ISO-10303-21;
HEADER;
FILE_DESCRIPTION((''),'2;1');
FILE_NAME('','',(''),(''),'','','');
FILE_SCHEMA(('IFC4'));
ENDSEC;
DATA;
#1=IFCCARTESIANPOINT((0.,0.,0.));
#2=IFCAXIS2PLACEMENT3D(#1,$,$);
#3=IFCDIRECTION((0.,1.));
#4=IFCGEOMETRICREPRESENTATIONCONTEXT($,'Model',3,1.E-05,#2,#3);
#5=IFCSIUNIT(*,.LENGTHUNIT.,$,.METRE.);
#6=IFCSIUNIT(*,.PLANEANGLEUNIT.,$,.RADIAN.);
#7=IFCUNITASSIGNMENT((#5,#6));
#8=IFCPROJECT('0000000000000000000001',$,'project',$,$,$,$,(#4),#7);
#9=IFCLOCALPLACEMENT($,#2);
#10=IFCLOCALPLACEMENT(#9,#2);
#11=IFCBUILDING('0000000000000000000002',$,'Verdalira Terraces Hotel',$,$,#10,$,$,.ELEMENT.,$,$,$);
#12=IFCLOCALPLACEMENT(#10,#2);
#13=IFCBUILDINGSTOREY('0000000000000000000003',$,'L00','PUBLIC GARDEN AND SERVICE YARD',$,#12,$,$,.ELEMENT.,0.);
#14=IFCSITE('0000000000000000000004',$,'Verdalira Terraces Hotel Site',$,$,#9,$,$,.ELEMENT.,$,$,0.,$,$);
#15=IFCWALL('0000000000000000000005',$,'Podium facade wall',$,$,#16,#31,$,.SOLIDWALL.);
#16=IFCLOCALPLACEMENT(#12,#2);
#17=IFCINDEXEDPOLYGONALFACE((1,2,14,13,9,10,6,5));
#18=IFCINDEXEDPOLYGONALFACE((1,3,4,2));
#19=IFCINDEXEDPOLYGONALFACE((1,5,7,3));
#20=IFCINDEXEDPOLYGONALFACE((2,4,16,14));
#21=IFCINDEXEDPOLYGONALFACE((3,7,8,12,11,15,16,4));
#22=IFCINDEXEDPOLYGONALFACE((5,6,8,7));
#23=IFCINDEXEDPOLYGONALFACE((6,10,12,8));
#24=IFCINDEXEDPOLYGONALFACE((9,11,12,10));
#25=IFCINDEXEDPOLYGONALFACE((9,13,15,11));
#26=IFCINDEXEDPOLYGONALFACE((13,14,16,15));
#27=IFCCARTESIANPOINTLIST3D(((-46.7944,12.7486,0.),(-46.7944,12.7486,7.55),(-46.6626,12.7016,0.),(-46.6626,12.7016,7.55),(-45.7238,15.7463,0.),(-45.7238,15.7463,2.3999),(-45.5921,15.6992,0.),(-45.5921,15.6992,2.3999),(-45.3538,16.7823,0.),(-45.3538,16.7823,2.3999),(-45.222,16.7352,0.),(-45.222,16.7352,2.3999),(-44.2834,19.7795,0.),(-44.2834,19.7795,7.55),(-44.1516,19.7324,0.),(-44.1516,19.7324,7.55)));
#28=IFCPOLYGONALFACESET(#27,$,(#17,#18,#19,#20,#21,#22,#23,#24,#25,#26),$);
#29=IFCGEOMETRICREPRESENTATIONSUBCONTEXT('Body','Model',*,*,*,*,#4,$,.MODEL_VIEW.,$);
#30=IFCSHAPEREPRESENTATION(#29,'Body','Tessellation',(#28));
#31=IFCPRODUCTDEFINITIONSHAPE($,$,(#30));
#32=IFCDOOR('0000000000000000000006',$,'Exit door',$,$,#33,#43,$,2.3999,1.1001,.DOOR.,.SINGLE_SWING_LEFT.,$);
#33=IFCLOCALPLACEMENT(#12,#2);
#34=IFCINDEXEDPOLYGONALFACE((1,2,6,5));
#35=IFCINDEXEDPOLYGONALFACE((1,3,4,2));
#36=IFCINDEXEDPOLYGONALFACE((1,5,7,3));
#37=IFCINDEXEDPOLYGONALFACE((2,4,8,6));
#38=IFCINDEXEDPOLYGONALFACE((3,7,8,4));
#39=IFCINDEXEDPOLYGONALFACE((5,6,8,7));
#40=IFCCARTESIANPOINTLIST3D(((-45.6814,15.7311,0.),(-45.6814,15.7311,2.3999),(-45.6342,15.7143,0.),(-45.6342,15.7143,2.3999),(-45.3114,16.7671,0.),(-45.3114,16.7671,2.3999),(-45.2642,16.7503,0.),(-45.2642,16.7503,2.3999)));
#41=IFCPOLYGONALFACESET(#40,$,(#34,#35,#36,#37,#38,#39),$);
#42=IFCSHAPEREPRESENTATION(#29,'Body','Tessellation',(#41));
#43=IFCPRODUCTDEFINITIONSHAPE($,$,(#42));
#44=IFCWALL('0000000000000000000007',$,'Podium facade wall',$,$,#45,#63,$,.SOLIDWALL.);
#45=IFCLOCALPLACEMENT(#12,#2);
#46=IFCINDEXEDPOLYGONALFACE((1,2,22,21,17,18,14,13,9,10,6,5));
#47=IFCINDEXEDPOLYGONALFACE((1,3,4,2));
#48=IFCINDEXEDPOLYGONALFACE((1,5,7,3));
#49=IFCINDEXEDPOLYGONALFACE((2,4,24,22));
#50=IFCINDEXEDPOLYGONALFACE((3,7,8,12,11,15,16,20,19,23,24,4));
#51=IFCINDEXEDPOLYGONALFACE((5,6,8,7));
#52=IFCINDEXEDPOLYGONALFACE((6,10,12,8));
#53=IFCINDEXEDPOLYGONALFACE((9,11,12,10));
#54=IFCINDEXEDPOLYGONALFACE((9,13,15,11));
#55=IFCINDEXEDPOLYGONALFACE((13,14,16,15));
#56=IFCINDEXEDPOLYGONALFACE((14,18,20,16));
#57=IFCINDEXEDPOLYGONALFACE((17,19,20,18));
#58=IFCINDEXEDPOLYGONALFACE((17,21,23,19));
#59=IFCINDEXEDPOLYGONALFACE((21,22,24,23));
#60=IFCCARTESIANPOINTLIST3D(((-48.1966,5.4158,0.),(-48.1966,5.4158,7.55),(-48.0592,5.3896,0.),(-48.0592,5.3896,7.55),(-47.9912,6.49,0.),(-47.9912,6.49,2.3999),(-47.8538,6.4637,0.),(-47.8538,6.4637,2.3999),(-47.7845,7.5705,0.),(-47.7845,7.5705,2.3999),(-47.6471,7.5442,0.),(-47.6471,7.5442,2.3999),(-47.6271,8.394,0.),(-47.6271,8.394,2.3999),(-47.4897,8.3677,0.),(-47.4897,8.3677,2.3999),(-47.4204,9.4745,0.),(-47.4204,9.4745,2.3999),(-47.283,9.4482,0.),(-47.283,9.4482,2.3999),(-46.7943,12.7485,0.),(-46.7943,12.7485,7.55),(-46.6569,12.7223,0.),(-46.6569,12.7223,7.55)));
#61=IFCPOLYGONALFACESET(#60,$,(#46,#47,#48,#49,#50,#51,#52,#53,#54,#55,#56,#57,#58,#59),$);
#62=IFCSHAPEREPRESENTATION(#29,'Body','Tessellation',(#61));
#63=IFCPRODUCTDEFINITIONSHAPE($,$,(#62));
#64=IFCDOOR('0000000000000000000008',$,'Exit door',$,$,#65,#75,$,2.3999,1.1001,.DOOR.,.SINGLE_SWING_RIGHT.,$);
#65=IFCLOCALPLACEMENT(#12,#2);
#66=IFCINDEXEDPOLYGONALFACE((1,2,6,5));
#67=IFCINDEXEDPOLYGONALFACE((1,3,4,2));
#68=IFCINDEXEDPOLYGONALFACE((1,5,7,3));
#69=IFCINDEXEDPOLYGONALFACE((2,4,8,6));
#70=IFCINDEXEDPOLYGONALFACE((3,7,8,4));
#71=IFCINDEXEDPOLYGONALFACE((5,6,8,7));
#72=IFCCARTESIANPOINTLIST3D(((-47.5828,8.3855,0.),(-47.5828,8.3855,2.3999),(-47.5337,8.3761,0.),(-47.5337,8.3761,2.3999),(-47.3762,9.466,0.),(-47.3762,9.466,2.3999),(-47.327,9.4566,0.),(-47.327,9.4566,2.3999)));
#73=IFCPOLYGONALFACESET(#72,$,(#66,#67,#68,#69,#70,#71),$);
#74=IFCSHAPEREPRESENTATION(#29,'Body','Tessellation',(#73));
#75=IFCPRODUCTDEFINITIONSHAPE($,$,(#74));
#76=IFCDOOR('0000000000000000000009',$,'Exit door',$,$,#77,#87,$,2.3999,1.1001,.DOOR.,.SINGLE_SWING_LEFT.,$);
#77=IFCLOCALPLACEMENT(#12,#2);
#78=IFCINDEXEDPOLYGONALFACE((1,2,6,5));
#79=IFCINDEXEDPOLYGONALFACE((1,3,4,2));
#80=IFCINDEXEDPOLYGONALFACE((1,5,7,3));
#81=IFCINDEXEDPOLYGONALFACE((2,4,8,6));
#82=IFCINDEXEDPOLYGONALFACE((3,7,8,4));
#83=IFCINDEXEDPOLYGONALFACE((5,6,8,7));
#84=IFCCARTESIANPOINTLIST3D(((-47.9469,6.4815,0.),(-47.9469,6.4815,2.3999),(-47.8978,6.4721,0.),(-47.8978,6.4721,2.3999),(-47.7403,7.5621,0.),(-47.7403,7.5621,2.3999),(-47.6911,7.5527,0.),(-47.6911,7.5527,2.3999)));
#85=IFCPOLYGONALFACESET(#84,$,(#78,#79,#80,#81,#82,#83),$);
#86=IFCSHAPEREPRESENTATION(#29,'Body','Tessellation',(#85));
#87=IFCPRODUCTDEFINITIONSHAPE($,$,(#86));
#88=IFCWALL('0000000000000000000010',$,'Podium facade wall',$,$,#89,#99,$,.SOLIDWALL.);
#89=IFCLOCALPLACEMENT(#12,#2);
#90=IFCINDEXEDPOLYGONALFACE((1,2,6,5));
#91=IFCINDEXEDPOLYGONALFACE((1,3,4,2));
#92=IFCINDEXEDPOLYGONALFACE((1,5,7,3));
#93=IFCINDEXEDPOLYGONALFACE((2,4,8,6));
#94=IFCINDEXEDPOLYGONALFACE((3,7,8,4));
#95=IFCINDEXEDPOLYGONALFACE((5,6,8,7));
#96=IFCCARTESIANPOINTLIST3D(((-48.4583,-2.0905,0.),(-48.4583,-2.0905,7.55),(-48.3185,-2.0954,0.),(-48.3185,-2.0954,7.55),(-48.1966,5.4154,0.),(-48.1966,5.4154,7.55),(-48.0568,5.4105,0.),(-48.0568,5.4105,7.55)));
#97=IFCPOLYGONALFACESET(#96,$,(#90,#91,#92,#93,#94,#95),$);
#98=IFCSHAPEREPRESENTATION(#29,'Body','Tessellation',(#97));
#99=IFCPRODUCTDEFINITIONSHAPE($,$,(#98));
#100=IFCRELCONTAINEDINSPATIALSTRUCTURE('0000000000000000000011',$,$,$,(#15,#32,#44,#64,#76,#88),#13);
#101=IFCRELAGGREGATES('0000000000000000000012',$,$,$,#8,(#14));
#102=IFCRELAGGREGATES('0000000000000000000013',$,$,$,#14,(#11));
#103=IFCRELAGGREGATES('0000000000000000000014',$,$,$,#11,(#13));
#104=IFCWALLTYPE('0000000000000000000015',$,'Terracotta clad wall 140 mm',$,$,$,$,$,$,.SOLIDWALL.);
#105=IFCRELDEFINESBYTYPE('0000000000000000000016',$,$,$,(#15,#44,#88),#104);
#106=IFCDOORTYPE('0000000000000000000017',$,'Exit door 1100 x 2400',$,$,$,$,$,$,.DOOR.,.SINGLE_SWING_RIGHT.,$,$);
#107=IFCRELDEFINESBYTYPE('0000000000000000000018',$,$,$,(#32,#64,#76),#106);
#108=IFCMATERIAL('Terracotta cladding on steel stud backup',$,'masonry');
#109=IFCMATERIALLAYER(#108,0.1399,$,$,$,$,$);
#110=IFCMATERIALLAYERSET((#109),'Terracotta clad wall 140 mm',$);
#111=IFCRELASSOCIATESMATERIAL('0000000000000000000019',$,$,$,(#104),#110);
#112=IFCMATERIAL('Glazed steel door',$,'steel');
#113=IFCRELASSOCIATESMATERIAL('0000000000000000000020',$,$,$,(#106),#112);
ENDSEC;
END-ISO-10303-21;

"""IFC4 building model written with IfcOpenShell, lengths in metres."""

from ifc_helpers import new_model, si_unit, direction, frame, frame_2d, origin, place, context, subcontext, project, spatial, rectangle, extrude, material, layer, layer_set, type_object, element, fill, save


model = new_model("IFC4")

# Units and contexts
model_context = context("Model", 3, precision=1e-05, world=origin(), true_north=direction((0.0, 1.0)))
body_context = subcontext(model_context, "Body", "Model", "MODEL_VIEW")
ifc_project = project(units=[si_unit("LENGTHUNIT", "METRE"), si_unit("PLANEANGLEUNIT", "RADIAN")], contexts=[model_context])

# Site, building, storey
site_placement = place(None, origin())
site = spatial("IfcSite", under=ifc_project, at=site_placement, Name="Verdalira Terraces Hotel Site", CompositionType="ELEMENT", RefElevation=0.0)
building_placement = place(site_placement, origin())
building = spatial("IfcBuilding", under=site, at=building_placement, Name="Verdalira Terraces Hotel", CompositionType="ELEMENT")
storey_placement = place(building_placement, origin())
storey = spatial("IfcBuildingStorey", under=building, at=storey_placement, Name="L00", Description="PUBLIC GARDEN AND SERVICE YARD", CompositionType="ELEMENT", Elevation=0.0)

# Wall, opening, door
ifc_material_1 = material(Name="Terracotta cladding on steel stud backup", Category="masonry")
ifc_layer_1 = layer(ifc_material_1, 0.1399)
ifc_layer_set_1 = layer_set([ifc_layer_1], Name="Terracotta clad wall 140 mm")
wall_type_1 = type_object("IfcWallType", Name="Terracotta clad wall 140 mm", PredefinedType="SOLIDWALL", material=ifc_layer_set_1)
wall_1_placement = place(storey_placement, frame((-46.7285, 12.7251, 0.0), z_axis=(0.0, 0.0, 1.0), x_axis=(0.336336, 0.941742, 0.0)))
wall_1 = element("IfcWall", 1, at=wall_1_placement, inside=storey, type_object=wall_type_1, Name="Podium facade wall", PredefinedType="SOLIDWALL", context=body_context, shape_type="SweptSolid", body=[
    extrude(rectangle(XDim=7.4658, YDim=0.1399, at=frame_2d((3.7329, 0.0))), origin(), (0.0, 0.0, 1.0), 7.55),
])
opening_1_placement = place(wall_1_placement, frame((3.1831, 0.0, 0.0)))
opening_1 = element("IfcOpeningElement", 2, at=opening_1_placement, cuts=wall_1, PredefinedType="OPENING", context=body_context, shape_type="SweptSolid", body=[
    extrude(rectangle(XDim=1.1001, YDim=2.3999, at=frame_2d((0.55, 1.2))), frame((0.0, 0.0798, 0.0), z_axis=(0.0, -1.0, 0.0), x_axis=(1.0, 0.0, 0.0)), (0.0, 0.0, 1.0), 0.1599),
])
ifc_material_2 = material(Name="Glazed steel door", Category="steel")
door_type = type_object("IfcDoorType", Name="Exit door 1100 x 2400", OperationType="SINGLE_SWING_RIGHT", PredefinedType="DOOR", material=ifc_material_2)
door_1_placement = place(opening_1_placement, origin())
door_1 = element("IfcDoor", 3, at=door_1_placement, inside=storey, type_object=door_type, Name="Exit door", OperationType="SINGLE_SWING_LEFT", OverallHeight=2.3999, OverallWidth=1.1001, PredefinedType="DOOR", context=body_context, shape_type="SweptSolid", body=[
    extrude(rectangle(XDim=1.1001, YDim=2.3999, at=frame_2d((0.55, 1.2))), frame((0.0, 0.0249, 0.0), z_axis=(0.0, -1.0, 0.0), x_axis=(1.0, 0.0, 0.0)), (0.0, 0.0, 1.0), 0.05),
])
fill(opening_1, door_1)

# Wall, openings, doors
wall_2_placement = place(storey_placement, frame((-48.1279, 5.4026, 0.0), z_axis=(0.0, 0.0, 1.0), x_axis=(0.187839, 0.9822, 0.0)))
wall_2 = element("IfcWall", 4, at=wall_2_placement, inside=storey, type_object=wall_type_1, Name="Podium facade wall", PredefinedType="SOLIDWALL", context=body_context, shape_type="SweptSolid", body=[
    extrude(rectangle(XDim=7.4656, YDim=0.1399, at=frame_2d((3.7329, 0.0))), origin(), (0.0, 0.0, 1.0), 7.55),
])
opening_2_placement = place(wall_2_placement, frame((3.0322, 0.0, 0.0)))
opening_2 = element("IfcOpeningElement", 5, at=opening_2_placement, cuts=wall_2, PredefinedType="OPENING", context=body_context, shape_type="SweptSolid", body=[
    extrude(rectangle(XDim=1.1001, YDim=2.3999, at=frame_2d((0.55, 1.2))), frame((0.0, 0.0798, 0.0), z_axis=(0.0, -1.0, 0.0), x_axis=(1.0, 0.0, 0.0)), (0.0, 0.0, 1.0), 0.1599),
])
opening_3_placement = place(wall_2_placement, frame((1.0938, 0.0, 0.0)))
opening_3 = element("IfcOpeningElement", 6, at=opening_3_placement, cuts=wall_2, PredefinedType="OPENING", context=body_context, shape_type="SweptSolid", body=[
    extrude(rectangle(XDim=1.1001, YDim=2.3999, at=frame_2d((0.55, 1.2))), frame((0.0, 0.0798, 0.0), z_axis=(0.0, -1.0, 0.0), x_axis=(1.0, 0.0, 0.0)), (0.0, 0.0, 1.0), 0.1599),
])
door_2_placement = place(opening_2_placement, origin())
door_2 = element("IfcDoor", 7, at=door_2_placement, inside=storey, type_object=door_type, Name="Exit door", OperationType="SINGLE_SWING_RIGHT", OverallHeight=2.3999, OverallWidth=1.1001, PredefinedType="DOOR", context=body_context, shape_type="SweptSolid", body=[
    extrude(rectangle(XDim=1.1001, YDim=2.3999, at=frame_2d((0.55, 1.2))), frame((0.0, 0.0249, 0.0), z_axis=(0.0, -1.0, 0.0), x_axis=(1.0, 0.0, 0.0)), (0.0, 0.0, 1.0), 0.05),
])
fill(opening_2, door_2)
door_3_placement = place(opening_3_placement, origin())
door_3 = element("IfcDoor", 8, at=door_3_placement, inside=storey, type_object=door_type, Name="Exit door", OperationType="SINGLE_SWING_LEFT", OverallHeight=2.3999, OverallWidth=1.1001, PredefinedType="DOOR", context=body_context, shape_type="SweptSolid", body=[
    extrude(rectangle(XDim=1.1001, YDim=2.3999, at=frame_2d((0.55, 1.2))), frame((0.0, 0.0249, 0.0), z_axis=(0.0, -1.0, 0.0), x_axis=(1.0, 0.0, 0.0)), (0.0, 0.0, 1.0), 0.05),
])
fill(opening_3, door_3)

# Wall
wall_3_placement = place(storey_placement, frame((-48.1267, 5.4131, 0.0), z_axis=(0.0, 0.0, 1.0), x_axis=(-0.034847, -0.999393, 0.0)))
element("IfcWall", 9, at=wall_3_placement, inside=storey, type_object=wall_type_1, Name="Podium facade wall", PredefinedType="SOLIDWALL", context=body_context, shape_type="SweptSolid", body=[
    extrude(rectangle(XDim=7.5105, YDim=0.1399, at=frame_2d((3.7554, 0.0))), origin(), (0.0, 0.0, 1.0), 7.55),
])

save(model, "model.ifc")
